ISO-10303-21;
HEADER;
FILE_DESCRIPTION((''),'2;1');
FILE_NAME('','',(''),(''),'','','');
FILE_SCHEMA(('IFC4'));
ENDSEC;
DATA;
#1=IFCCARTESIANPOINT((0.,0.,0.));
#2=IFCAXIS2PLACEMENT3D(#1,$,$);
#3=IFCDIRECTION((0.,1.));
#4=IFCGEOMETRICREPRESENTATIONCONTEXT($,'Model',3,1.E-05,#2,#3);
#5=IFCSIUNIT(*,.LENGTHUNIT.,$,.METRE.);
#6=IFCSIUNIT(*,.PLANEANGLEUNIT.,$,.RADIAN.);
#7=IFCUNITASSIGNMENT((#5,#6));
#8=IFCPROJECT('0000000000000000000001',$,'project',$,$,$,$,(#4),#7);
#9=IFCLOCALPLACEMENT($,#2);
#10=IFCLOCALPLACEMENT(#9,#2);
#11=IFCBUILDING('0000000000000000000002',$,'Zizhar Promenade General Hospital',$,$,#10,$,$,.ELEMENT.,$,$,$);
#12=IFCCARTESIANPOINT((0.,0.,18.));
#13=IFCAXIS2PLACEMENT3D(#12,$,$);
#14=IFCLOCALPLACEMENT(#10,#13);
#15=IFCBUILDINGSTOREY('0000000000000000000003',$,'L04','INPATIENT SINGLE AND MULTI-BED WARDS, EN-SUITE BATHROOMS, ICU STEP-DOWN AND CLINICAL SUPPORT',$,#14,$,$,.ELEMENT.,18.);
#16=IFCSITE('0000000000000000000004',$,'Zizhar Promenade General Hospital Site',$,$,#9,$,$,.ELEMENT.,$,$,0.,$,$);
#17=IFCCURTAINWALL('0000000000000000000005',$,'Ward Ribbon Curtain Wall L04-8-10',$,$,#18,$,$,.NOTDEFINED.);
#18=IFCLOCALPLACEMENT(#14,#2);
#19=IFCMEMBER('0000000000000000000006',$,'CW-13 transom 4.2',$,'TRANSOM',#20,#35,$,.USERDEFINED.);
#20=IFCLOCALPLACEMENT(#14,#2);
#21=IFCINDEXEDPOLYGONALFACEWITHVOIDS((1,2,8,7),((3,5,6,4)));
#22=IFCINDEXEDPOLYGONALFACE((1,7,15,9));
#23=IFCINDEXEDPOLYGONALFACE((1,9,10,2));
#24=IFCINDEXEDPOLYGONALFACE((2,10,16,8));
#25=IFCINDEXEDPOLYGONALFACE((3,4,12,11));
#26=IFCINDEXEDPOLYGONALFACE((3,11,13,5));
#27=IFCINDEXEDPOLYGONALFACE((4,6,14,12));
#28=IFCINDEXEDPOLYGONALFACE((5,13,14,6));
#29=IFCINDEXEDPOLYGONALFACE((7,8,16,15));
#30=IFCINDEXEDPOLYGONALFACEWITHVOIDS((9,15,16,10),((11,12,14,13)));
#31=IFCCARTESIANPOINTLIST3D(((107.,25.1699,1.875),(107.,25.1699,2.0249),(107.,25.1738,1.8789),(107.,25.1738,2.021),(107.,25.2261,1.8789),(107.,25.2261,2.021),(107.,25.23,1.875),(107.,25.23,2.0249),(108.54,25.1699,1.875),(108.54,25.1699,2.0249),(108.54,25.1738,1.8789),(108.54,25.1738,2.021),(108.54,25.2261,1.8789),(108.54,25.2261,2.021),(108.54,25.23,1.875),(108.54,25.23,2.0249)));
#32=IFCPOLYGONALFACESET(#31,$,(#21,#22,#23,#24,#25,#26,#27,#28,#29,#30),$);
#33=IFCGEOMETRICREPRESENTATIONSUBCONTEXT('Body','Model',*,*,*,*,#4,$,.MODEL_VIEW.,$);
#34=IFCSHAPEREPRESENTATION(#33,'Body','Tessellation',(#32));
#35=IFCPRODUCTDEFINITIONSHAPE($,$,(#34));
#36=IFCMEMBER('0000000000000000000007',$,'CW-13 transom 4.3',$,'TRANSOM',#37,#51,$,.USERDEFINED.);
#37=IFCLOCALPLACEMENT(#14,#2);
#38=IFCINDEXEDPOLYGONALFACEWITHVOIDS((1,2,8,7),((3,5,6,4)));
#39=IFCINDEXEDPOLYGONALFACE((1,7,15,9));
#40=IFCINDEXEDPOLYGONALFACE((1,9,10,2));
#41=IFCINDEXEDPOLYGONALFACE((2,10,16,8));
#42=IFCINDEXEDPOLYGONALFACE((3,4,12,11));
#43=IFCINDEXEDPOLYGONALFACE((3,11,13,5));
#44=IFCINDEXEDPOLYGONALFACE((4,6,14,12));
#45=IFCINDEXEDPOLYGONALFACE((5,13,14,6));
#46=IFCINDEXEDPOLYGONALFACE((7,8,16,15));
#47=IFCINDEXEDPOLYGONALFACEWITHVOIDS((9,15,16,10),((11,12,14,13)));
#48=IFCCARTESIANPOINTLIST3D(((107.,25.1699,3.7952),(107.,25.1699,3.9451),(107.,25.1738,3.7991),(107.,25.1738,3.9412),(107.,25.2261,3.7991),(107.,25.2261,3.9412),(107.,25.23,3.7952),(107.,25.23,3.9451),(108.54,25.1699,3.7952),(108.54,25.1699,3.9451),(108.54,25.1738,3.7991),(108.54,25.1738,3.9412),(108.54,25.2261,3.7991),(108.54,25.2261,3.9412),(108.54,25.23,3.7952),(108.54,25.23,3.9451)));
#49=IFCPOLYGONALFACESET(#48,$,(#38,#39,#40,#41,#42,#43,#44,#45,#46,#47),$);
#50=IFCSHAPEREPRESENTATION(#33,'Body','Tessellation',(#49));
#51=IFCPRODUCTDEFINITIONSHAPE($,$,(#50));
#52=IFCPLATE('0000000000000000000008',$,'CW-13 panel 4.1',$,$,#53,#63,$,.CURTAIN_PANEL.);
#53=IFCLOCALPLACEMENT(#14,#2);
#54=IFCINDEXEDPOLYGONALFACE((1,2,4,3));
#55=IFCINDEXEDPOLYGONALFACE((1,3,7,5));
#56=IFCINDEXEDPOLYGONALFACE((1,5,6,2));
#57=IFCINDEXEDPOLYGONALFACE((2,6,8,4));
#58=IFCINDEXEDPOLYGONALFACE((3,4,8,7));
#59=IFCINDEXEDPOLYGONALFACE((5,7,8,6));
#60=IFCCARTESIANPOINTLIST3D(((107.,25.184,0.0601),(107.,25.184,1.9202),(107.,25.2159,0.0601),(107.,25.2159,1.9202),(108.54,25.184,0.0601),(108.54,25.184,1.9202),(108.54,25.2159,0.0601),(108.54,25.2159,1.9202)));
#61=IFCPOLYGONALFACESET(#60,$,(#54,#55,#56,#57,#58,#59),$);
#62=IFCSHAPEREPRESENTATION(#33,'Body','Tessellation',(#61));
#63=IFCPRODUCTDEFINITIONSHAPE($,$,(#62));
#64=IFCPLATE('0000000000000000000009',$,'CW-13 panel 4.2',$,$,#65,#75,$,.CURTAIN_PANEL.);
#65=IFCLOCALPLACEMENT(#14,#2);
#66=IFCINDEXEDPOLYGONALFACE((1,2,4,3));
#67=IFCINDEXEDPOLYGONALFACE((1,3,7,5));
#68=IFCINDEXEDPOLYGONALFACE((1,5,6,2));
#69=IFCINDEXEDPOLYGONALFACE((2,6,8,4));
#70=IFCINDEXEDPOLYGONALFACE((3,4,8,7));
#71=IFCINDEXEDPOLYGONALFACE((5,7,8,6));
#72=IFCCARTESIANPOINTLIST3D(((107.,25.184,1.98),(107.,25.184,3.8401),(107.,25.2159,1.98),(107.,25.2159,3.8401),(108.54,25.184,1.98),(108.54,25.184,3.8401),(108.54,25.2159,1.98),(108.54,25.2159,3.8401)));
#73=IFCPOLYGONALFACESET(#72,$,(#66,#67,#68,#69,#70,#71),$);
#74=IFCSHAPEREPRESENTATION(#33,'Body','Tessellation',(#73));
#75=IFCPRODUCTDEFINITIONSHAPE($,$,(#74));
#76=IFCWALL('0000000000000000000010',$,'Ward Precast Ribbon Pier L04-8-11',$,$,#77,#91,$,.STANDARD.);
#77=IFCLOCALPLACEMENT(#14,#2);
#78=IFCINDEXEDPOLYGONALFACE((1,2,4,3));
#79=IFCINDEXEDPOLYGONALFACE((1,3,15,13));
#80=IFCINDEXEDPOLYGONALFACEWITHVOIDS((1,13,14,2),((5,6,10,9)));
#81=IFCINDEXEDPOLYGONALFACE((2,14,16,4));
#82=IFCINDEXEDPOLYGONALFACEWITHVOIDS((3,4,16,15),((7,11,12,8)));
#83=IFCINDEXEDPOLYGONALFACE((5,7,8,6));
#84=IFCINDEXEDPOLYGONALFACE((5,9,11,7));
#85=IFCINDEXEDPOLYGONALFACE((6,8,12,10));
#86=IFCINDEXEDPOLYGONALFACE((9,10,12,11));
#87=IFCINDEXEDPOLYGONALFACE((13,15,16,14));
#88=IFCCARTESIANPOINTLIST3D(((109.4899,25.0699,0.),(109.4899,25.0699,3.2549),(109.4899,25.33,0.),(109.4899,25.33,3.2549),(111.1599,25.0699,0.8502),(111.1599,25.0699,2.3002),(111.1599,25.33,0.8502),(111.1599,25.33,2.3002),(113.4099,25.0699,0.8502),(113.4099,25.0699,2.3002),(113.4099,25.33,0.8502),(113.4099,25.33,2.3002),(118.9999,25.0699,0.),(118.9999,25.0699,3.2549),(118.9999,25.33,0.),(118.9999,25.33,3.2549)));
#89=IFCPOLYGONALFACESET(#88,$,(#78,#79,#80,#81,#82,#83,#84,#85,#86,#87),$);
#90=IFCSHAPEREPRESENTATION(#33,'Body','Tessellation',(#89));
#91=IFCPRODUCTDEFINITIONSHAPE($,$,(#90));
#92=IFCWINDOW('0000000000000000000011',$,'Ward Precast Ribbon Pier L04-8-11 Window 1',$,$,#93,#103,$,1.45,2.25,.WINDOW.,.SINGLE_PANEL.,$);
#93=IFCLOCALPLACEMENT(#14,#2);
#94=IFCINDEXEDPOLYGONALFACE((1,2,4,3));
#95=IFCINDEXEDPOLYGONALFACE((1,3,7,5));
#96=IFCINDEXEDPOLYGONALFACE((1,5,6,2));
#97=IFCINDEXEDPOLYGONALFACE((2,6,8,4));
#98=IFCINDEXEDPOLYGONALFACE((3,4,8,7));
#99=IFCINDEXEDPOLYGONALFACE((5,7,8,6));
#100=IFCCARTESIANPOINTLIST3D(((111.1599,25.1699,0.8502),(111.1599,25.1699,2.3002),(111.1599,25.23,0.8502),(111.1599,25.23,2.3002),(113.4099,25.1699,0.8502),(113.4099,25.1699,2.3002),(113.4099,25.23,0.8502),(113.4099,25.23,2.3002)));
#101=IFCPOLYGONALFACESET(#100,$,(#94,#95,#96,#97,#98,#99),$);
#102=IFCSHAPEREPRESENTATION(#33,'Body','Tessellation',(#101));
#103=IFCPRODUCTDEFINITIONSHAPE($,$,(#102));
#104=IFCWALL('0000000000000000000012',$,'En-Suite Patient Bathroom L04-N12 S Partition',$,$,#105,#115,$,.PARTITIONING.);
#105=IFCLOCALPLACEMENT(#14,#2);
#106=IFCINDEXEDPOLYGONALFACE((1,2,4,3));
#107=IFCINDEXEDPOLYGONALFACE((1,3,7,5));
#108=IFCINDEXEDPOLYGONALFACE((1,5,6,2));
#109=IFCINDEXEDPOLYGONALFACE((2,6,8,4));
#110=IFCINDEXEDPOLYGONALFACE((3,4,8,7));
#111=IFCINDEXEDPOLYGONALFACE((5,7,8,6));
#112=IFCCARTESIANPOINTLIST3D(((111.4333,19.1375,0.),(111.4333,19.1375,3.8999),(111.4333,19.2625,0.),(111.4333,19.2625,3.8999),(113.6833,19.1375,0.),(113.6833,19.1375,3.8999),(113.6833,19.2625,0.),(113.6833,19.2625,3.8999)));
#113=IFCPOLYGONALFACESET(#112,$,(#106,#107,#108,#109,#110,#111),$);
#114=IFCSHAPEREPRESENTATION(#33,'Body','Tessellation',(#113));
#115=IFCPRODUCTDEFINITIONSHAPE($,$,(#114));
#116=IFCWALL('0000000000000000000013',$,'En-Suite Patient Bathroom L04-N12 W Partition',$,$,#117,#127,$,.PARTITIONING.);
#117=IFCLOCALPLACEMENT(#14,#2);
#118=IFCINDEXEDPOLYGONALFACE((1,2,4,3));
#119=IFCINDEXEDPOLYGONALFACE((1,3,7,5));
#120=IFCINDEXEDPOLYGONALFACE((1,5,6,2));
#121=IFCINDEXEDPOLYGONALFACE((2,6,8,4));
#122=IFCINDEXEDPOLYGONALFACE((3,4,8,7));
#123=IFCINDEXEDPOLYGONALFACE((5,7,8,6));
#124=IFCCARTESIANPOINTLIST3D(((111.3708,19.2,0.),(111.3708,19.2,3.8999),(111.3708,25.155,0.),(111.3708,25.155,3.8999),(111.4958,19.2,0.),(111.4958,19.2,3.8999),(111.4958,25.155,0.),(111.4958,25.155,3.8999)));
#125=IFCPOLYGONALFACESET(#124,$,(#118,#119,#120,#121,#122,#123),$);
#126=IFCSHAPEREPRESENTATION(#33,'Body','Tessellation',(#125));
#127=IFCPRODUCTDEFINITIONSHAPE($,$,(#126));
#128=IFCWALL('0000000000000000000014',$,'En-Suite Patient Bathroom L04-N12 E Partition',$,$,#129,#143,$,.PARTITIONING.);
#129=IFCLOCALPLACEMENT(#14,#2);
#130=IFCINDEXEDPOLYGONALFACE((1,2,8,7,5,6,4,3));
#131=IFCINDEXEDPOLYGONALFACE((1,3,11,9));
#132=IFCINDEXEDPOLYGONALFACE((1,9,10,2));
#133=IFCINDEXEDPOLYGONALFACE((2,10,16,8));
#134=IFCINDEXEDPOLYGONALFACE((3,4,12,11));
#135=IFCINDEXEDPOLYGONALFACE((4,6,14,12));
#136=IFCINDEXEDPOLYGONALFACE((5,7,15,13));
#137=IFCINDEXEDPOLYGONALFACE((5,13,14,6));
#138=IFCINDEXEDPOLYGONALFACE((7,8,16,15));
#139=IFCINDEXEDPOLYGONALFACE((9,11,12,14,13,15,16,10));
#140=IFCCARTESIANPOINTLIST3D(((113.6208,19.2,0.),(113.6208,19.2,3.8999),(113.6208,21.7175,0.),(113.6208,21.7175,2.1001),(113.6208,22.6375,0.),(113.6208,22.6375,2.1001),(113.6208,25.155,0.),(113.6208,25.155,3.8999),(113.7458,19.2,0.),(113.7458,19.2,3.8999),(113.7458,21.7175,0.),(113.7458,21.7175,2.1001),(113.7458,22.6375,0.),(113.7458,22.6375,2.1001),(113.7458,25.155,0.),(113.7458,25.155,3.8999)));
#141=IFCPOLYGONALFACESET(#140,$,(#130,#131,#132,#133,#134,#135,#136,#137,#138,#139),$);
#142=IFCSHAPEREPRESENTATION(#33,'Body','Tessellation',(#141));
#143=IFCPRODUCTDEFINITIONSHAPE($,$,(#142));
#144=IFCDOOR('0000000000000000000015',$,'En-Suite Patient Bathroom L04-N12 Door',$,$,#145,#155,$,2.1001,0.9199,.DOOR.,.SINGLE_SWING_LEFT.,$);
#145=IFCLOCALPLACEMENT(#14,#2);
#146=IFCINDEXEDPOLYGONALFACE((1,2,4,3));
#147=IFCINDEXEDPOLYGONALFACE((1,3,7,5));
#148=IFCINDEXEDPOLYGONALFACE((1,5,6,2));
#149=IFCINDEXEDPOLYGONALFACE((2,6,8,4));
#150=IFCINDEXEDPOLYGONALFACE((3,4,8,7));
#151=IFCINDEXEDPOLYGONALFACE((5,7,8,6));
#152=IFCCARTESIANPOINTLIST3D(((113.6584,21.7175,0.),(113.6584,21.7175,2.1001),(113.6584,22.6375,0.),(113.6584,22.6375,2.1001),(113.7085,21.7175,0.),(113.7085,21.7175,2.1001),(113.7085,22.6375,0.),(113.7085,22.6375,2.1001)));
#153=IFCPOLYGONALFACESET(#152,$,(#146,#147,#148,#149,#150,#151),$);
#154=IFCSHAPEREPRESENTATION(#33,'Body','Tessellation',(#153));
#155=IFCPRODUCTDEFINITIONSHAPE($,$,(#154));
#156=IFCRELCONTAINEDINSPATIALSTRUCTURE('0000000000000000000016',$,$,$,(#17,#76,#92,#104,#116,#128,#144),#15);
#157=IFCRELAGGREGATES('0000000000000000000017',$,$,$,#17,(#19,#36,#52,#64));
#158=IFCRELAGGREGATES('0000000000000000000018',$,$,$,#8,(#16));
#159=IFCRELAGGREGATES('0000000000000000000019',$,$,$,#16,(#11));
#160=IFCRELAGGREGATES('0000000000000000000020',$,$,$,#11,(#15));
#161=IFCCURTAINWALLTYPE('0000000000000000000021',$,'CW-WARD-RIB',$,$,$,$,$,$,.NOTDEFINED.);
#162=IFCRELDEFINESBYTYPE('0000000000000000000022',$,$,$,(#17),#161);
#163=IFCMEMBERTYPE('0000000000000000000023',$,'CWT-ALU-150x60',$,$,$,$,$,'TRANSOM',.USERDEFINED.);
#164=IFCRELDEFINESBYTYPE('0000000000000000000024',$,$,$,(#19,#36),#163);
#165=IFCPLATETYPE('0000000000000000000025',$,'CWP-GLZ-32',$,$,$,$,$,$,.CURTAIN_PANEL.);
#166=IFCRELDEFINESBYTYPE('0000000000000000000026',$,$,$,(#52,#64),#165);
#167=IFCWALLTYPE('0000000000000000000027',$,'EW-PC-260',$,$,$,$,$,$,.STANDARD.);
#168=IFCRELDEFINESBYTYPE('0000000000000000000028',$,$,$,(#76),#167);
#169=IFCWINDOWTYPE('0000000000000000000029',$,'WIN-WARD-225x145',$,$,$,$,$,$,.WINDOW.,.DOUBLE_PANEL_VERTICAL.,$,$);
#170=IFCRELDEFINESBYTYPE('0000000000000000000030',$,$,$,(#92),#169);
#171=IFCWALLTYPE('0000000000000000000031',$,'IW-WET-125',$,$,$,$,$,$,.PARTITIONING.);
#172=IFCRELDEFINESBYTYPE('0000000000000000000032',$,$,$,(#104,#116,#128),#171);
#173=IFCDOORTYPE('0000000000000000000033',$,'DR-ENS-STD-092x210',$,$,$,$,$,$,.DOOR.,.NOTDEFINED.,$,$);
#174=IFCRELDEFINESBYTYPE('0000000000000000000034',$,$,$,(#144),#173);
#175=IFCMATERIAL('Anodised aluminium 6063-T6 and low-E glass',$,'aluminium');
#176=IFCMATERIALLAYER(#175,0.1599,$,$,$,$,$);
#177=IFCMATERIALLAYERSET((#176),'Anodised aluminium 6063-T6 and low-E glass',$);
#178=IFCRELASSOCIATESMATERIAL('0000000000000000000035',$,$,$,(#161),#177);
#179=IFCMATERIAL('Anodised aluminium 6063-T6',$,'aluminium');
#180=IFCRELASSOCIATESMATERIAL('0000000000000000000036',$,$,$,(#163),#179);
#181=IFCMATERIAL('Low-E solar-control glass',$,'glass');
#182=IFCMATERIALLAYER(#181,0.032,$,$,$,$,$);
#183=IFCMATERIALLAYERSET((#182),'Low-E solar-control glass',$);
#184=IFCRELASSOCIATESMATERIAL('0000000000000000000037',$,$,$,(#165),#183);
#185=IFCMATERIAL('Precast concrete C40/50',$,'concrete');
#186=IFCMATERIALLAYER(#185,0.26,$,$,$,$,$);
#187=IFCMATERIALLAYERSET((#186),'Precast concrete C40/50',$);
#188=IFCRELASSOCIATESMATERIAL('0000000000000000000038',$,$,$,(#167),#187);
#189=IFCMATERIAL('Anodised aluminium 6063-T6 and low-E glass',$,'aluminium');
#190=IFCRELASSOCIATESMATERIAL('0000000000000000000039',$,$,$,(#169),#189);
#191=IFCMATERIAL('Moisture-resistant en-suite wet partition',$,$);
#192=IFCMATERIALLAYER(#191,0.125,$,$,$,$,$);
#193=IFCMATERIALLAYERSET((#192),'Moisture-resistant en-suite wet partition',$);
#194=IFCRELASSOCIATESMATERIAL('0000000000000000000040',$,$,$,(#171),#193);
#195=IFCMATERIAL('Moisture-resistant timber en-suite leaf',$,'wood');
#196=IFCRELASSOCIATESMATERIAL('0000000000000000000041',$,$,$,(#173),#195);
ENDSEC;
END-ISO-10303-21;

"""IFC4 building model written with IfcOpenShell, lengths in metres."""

from ifc_helpers import new_model, si_unit, direction, frame, frame_2d, origin, origin_2d, place, context, subcontext, project, spatial, rectangle, hollow_rectangle, extrude, material, layer, layer_set, material_profile, profile_set, type_object, element, fill, aggregate, save


model = new_model("IFC4")

# Units and contexts
model_context = context("Model", 3, precision=1e-05, world=origin(), true_north=direction((0.0, 1.0)))
body_context = subcontext(model_context, "Body", "Model", "MODEL_VIEW")
ifc_project = project(units=[si_unit("LENGTHUNIT", "METRE"), si_unit("PLANEANGLEUNIT", "RADIAN")], contexts=[model_context])

# Site, building, storey
site_placement = place(None, origin())
site = spatial("IfcSite", under=ifc_project, at=site_placement, Name="Zizhar Promenade General Hospital Site", CompositionType="ELEMENT", RefElevation=0.0)
building_placement = place(site_placement, origin())
building = spatial("IfcBuilding", under=site, at=building_placement, Name="Zizhar Promenade General Hospital", CompositionType="ELEMENT")
storey_placement = place(building_placement, frame((0.0, 0.0, 18.0)))
storey = spatial("IfcBuildingStorey", under=building, at=storey_placement, Name="L04", Description="INPATIENT SINGLE AND MULTI-BED WARDS, EN-SUITE BATHROOMS, ICU STEP-DOWN AND CLINICAL SUPPORT", CompositionType="ELEMENT", Elevation=18.0)

# Curtain wall, members, plates
ifc_material_1 = material(Name="Anodised aluminium 6063-T6 and low-E glass", Category="aluminium")
ifc_layer_1 = layer(ifc_material_1, 0.1599)
ifc_layer_set_1 = layer_set([ifc_layer_1], Name="Anodised aluminium 6063-T6 and low-E glass")
curtain_wall_type = type_object("IfcCurtainWallType", Name="CW-WARD-RIB", PredefinedType="NOTDEFINED", material=ifc_layer_set_1)
curtain_wall_placement = place(storey_placement, origin())
curtain_wall = element("IfcCurtainWall", 1, at=curtain_wall_placement, inside=storey, type_object=curtain_wall_type, Name="Ward Ribbon Curtain Wall L04-8-10", PredefinedType="NOTDEFINED")
ifc_material_2 = material(Name="Anodised aluminium 6063-T6", Category="aluminium")
ifc_material_profile_1 = material_profile(ifc_material_2, hollow_rectangle(XDim=0.0601, YDim=0.1499, WallThickness=0.0039, at=origin_2d()))
ifc_profile_set_1 = profile_set([ifc_material_profile_1], Name="Anodised aluminium 6063-T6")
member_type_1 = type_object("IfcMemberType", Name="CWT-ALU-150x60", ElementType="TRANSOM", PredefinedType="USERDEFINED", material=ifc_profile_set_1)
member_1_placement = place(storey_placement, frame((107.0, 25.2, 1.95), z_axis=(1.0, 0.0, 0.0), x_axis=(0.0, 1.0, 0.0)))
member_1 = element("IfcMember", 2, at=member_1_placement, type_object=member_type_1, Name="CW-13 transom 4.2", ObjectType="TRANSOM", PredefinedType="USERDEFINED", context=body_context, shape_type="SweptSolid", body=[
    extrude(hollow_rectangle(XDim=0.0601, YDim=0.1499, WallThickness=0.0039, at=origin_2d()), origin(), (0.0, 0.0, 1.0), 1.54),
])
member_2_placement = place(storey_placement, frame((107.0, 25.2, 3.8701), z_axis=(1.0, 0.0, 0.0), x_axis=(0.0, 1.0, 0.0)))
member_2 = element("IfcMember", 3, at=member_2_placement, type_object=member_type_1, Name="CW-13 transom 4.3", ObjectType="TRANSOM", PredefinedType="USERDEFINED", context=body_context, shape_type="SweptSolid", body=[
    extrude(hollow_rectangle(XDim=0.0601, YDim=0.1499, WallThickness=0.0039, at=origin_2d()), origin(), (0.0, 0.0, 1.0), 1.54),
])
ifc_material_3 = material(Name="Low-E solar-control glass", Category="glass")
ifc_layer_2 = layer(ifc_material_3, 0.032)
ifc_layer_set_2 = layer_set([ifc_layer_2], Name="Low-E solar-control glass")
plate_type = type_object("IfcPlateType", Name="CWP-GLZ-32", PredefinedType="CURTAIN_PANEL", material=ifc_layer_set_2)
plate_1_placement = place(storey_placement, frame((107.77, 25.2, 0.0601), z_axis=(0.0, 0.0, 1.0), x_axis=(1.0, 0.0, 0.0)))
plate_1 = element("IfcPlate", 4, at=plate_1_placement, type_object=plate_type, Name="CW-13 panel 4.1", PredefinedType="CURTAIN_PANEL", context=body_context, shape_type="SweptSolid", body=[
    extrude(rectangle(XDim=1.54, YDim=0.032, at=origin_2d()), origin(), (0.0, 0.0, 1.0), 1.8601),
])
plate_2_placement = place(storey_placement, frame((107.77, 25.2, 1.98), z_axis=(0.0, 0.0, 1.0), x_axis=(1.0, 0.0, 0.0)))
plate_2 = element("IfcPlate", 5, at=plate_2_placement, type_object=plate_type, Name="CW-13 panel 4.2", PredefinedType="CURTAIN_PANEL", context=body_context, shape_type="SweptSolid", body=[
    extrude(rectangle(XDim=1.54, YDim=0.032, at=origin_2d()), origin(), (0.0, 0.0, 1.0), 1.8601),
])
aggregate(curtain_wall, [member_1, member_2, plate_1, plate_2])

# Wall, opening, window
ifc_material_4 = material(Name="Precast concrete C40/50", Category="concrete")
ifc_layer_3 = layer(ifc_material_4, 0.26)
ifc_layer_set_3 = layer_set([ifc_layer_3], Name="Precast concrete C40/50")
wall_type_1 = type_object("IfcWallType", Name="EW-PC-260", PredefinedType="STANDARD", material=ifc_layer_set_3)
wall_1_placement = place(storey_placement, frame((109.49, 25.2, 0.0), z_axis=(0.0, 0.0, 1.0), x_axis=(1.0, 0.0, 0.0)))
wall_1 = element("IfcWall", 6, at=wall_1_placement, inside=storey, type_object=wall_type_1, Name="Ward Precast Ribbon Pier L04-8-11", PredefinedType="STANDARD", context=body_context, shape_type="SweptSolid", body=[
    extrude(rectangle(XDim=9.51, YDim=0.26, at=frame_2d((4.7549, 0.0))), origin(), (0.0, 0.0, 1.0), 3.2549),
])
opening_1_placement = place(wall_1_placement, frame((1.6699, 0.0, 0.8501)))
opening_1 = element("IfcOpeningElement", 7, at=opening_1_placement, cuts=wall_1, PredefinedType="OPENING", context=body_context, shape_type="SweptSolid", body=[
    extrude(rectangle(XDim=2.25, YDim=1.45, at=frame_2d((1.125, 0.7251))), frame((0.0, 0.1401, 0.0), z_axis=(0.0, -1.0, 0.0), x_axis=(1.0, 0.0, 0.0)), (0.0, 0.0, 1.0), 0.28),
])
ifc_material_5 = material(Name="Anodised aluminium 6063-T6 and low-E glass", Category="aluminium")
window_type = type_object("IfcWindowType", Name="WIN-WARD-225x145", PartitioningType="DOUBLE_PANEL_VERTICAL", PredefinedType="WINDOW", material=ifc_material_5)
window_placement = place(opening_1_placement, origin())
window = element("IfcWindow", 8, at=window_placement, inside=storey, type_object=window_type, Name="Ward Precast Ribbon Pier L04-8-11 Window 1", OverallHeight=1.45, OverallWidth=2.25, PartitioningType="SINGLE_PANEL", PredefinedType="WINDOW", context=body_context, shape_type="SweptSolid", body=[
    extrude(rectangle(XDim=2.25, YDim=1.45, at=frame_2d((1.125, 0.7251))), frame((0.0, 0.03, 0.0), z_axis=(0.0, -1.0, 0.0), x_axis=(1.0, 0.0, 0.0)), (0.0, 0.0, 1.0), 0.0601),
])
fill(opening_1, window)

# Walls
ifc_material_6 = material(Name="Moisture-resistant en-suite wet partition")
ifc_layer_4 = layer(ifc_material_6, 0.125)
ifc_layer_set_4 = layer_set([ifc_layer_4], Name="Moisture-resistant en-suite wet partition")
wall_type_2 = type_object("IfcWallType", Name="IW-WET-125", PredefinedType="PARTITIONING", material=ifc_layer_set_4)
wall_2_placement = place(storey_placement, frame((111.4333, 19.2, 0.0), z_axis=(0.0, 0.0, 1.0), x_axis=(1.0, 0.0, 0.0)))
element("IfcWall", 9, at=wall_2_placement, inside=storey, type_object=wall_type_2, Name="En-Suite Patient Bathroom L04-N12 S Partition", PredefinedType="PARTITIONING", context=body_context, shape_type="SweptSolid", body=[
    extrude(rectangle(XDim=2.25, YDim=0.125, at=frame_2d((1.125, 0.0))), origin(), (0.0, 0.0, 1.0), 3.8999),
])
wall_3_placement = place(storey_placement, frame((111.4333, 19.2, 0.0), z_axis=(0.0, 0.0, 1.0), x_axis=(0.0, 1.0, 0.0)))
element("IfcWall", 10, at=wall_3_placement, inside=storey, type_object=wall_type_2, Name="En-Suite Patient Bathroom L04-N12 W Partition", PredefinedType="PARTITIONING", context=body_context, shape_type="SweptSolid", body=[
    extrude(rectangle(XDim=5.9551, YDim=0.125, at=frame_2d((2.9775, 0.0))), origin(), (0.0, 0.0, 1.0), 3.8999),
])

# Wall, opening, door
wall_4_placement = place(storey_placement, frame((113.6833, 19.2, 0.0), z_axis=(0.0, 0.0, 1.0), x_axis=(0.0, 1.0, 0.0)))
wall_4 = element("IfcWall", 11, at=wall_4_placement, inside=storey, type_object=wall_type_2, Name="En-Suite Patient Bathroom L04-N12 E Partition", PredefinedType="PARTITIONING", context=body_context, shape_type="SweptSolid", body=[
    extrude(rectangle(XDim=5.9551, YDim=0.125, at=frame_2d((2.9775, 0.0))), origin(), (0.0, 0.0, 1.0), 3.8999),
])
opening_2_placement = place(wall_4_placement, frame((2.5176, 0.0, 0.0)))
opening_2 = element("IfcOpeningElement", 12, at=opening_2_placement, cuts=wall_4, PredefinedType="OPENING", context=body_context, shape_type="SweptSolid", body=[
    extrude(rectangle(XDim=0.9199, YDim=2.1001, at=frame_2d((0.46, 1.05))), frame((0.0, 0.0725, 0.0), z_axis=(0.0, -1.0, 0.0), x_axis=(1.0, 0.0, 0.0)), (0.0, 0.0, 1.0), 0.145),
])
ifc_material_7 = material(Name="Moisture-resistant timber en-suite leaf", Category="wood")
door_type = type_object("IfcDoorType", Name="DR-ENS-STD-092x210", OperationType="NOTDEFINED", PredefinedType="DOOR", material=ifc_material_7)
door_placement = place(opening_2_placement, origin())
door = element("IfcDoor", 13, at=door_placement, inside=storey, type_object=door_type, Name="En-Suite Patient Bathroom L04-N12 Door", OperationType="SINGLE_SWING_LEFT", OverallHeight=2.1001, OverallWidth=0.9199, PredefinedType="DOOR", context=body_context, shape_type="SweptSolid", body=[
    extrude(rectangle(XDim=0.9199, YDim=2.1001, at=frame_2d((0.46, 1.05))), frame((0.0, 0.0249, 0.0), z_axis=(0.0, -1.0, 0.0), x_axis=(1.0, 0.0, 0.0)), (0.0, 0.0, 1.0), 0.05),
])
fill(opening_2, door)

save(model, "model.ifc")
